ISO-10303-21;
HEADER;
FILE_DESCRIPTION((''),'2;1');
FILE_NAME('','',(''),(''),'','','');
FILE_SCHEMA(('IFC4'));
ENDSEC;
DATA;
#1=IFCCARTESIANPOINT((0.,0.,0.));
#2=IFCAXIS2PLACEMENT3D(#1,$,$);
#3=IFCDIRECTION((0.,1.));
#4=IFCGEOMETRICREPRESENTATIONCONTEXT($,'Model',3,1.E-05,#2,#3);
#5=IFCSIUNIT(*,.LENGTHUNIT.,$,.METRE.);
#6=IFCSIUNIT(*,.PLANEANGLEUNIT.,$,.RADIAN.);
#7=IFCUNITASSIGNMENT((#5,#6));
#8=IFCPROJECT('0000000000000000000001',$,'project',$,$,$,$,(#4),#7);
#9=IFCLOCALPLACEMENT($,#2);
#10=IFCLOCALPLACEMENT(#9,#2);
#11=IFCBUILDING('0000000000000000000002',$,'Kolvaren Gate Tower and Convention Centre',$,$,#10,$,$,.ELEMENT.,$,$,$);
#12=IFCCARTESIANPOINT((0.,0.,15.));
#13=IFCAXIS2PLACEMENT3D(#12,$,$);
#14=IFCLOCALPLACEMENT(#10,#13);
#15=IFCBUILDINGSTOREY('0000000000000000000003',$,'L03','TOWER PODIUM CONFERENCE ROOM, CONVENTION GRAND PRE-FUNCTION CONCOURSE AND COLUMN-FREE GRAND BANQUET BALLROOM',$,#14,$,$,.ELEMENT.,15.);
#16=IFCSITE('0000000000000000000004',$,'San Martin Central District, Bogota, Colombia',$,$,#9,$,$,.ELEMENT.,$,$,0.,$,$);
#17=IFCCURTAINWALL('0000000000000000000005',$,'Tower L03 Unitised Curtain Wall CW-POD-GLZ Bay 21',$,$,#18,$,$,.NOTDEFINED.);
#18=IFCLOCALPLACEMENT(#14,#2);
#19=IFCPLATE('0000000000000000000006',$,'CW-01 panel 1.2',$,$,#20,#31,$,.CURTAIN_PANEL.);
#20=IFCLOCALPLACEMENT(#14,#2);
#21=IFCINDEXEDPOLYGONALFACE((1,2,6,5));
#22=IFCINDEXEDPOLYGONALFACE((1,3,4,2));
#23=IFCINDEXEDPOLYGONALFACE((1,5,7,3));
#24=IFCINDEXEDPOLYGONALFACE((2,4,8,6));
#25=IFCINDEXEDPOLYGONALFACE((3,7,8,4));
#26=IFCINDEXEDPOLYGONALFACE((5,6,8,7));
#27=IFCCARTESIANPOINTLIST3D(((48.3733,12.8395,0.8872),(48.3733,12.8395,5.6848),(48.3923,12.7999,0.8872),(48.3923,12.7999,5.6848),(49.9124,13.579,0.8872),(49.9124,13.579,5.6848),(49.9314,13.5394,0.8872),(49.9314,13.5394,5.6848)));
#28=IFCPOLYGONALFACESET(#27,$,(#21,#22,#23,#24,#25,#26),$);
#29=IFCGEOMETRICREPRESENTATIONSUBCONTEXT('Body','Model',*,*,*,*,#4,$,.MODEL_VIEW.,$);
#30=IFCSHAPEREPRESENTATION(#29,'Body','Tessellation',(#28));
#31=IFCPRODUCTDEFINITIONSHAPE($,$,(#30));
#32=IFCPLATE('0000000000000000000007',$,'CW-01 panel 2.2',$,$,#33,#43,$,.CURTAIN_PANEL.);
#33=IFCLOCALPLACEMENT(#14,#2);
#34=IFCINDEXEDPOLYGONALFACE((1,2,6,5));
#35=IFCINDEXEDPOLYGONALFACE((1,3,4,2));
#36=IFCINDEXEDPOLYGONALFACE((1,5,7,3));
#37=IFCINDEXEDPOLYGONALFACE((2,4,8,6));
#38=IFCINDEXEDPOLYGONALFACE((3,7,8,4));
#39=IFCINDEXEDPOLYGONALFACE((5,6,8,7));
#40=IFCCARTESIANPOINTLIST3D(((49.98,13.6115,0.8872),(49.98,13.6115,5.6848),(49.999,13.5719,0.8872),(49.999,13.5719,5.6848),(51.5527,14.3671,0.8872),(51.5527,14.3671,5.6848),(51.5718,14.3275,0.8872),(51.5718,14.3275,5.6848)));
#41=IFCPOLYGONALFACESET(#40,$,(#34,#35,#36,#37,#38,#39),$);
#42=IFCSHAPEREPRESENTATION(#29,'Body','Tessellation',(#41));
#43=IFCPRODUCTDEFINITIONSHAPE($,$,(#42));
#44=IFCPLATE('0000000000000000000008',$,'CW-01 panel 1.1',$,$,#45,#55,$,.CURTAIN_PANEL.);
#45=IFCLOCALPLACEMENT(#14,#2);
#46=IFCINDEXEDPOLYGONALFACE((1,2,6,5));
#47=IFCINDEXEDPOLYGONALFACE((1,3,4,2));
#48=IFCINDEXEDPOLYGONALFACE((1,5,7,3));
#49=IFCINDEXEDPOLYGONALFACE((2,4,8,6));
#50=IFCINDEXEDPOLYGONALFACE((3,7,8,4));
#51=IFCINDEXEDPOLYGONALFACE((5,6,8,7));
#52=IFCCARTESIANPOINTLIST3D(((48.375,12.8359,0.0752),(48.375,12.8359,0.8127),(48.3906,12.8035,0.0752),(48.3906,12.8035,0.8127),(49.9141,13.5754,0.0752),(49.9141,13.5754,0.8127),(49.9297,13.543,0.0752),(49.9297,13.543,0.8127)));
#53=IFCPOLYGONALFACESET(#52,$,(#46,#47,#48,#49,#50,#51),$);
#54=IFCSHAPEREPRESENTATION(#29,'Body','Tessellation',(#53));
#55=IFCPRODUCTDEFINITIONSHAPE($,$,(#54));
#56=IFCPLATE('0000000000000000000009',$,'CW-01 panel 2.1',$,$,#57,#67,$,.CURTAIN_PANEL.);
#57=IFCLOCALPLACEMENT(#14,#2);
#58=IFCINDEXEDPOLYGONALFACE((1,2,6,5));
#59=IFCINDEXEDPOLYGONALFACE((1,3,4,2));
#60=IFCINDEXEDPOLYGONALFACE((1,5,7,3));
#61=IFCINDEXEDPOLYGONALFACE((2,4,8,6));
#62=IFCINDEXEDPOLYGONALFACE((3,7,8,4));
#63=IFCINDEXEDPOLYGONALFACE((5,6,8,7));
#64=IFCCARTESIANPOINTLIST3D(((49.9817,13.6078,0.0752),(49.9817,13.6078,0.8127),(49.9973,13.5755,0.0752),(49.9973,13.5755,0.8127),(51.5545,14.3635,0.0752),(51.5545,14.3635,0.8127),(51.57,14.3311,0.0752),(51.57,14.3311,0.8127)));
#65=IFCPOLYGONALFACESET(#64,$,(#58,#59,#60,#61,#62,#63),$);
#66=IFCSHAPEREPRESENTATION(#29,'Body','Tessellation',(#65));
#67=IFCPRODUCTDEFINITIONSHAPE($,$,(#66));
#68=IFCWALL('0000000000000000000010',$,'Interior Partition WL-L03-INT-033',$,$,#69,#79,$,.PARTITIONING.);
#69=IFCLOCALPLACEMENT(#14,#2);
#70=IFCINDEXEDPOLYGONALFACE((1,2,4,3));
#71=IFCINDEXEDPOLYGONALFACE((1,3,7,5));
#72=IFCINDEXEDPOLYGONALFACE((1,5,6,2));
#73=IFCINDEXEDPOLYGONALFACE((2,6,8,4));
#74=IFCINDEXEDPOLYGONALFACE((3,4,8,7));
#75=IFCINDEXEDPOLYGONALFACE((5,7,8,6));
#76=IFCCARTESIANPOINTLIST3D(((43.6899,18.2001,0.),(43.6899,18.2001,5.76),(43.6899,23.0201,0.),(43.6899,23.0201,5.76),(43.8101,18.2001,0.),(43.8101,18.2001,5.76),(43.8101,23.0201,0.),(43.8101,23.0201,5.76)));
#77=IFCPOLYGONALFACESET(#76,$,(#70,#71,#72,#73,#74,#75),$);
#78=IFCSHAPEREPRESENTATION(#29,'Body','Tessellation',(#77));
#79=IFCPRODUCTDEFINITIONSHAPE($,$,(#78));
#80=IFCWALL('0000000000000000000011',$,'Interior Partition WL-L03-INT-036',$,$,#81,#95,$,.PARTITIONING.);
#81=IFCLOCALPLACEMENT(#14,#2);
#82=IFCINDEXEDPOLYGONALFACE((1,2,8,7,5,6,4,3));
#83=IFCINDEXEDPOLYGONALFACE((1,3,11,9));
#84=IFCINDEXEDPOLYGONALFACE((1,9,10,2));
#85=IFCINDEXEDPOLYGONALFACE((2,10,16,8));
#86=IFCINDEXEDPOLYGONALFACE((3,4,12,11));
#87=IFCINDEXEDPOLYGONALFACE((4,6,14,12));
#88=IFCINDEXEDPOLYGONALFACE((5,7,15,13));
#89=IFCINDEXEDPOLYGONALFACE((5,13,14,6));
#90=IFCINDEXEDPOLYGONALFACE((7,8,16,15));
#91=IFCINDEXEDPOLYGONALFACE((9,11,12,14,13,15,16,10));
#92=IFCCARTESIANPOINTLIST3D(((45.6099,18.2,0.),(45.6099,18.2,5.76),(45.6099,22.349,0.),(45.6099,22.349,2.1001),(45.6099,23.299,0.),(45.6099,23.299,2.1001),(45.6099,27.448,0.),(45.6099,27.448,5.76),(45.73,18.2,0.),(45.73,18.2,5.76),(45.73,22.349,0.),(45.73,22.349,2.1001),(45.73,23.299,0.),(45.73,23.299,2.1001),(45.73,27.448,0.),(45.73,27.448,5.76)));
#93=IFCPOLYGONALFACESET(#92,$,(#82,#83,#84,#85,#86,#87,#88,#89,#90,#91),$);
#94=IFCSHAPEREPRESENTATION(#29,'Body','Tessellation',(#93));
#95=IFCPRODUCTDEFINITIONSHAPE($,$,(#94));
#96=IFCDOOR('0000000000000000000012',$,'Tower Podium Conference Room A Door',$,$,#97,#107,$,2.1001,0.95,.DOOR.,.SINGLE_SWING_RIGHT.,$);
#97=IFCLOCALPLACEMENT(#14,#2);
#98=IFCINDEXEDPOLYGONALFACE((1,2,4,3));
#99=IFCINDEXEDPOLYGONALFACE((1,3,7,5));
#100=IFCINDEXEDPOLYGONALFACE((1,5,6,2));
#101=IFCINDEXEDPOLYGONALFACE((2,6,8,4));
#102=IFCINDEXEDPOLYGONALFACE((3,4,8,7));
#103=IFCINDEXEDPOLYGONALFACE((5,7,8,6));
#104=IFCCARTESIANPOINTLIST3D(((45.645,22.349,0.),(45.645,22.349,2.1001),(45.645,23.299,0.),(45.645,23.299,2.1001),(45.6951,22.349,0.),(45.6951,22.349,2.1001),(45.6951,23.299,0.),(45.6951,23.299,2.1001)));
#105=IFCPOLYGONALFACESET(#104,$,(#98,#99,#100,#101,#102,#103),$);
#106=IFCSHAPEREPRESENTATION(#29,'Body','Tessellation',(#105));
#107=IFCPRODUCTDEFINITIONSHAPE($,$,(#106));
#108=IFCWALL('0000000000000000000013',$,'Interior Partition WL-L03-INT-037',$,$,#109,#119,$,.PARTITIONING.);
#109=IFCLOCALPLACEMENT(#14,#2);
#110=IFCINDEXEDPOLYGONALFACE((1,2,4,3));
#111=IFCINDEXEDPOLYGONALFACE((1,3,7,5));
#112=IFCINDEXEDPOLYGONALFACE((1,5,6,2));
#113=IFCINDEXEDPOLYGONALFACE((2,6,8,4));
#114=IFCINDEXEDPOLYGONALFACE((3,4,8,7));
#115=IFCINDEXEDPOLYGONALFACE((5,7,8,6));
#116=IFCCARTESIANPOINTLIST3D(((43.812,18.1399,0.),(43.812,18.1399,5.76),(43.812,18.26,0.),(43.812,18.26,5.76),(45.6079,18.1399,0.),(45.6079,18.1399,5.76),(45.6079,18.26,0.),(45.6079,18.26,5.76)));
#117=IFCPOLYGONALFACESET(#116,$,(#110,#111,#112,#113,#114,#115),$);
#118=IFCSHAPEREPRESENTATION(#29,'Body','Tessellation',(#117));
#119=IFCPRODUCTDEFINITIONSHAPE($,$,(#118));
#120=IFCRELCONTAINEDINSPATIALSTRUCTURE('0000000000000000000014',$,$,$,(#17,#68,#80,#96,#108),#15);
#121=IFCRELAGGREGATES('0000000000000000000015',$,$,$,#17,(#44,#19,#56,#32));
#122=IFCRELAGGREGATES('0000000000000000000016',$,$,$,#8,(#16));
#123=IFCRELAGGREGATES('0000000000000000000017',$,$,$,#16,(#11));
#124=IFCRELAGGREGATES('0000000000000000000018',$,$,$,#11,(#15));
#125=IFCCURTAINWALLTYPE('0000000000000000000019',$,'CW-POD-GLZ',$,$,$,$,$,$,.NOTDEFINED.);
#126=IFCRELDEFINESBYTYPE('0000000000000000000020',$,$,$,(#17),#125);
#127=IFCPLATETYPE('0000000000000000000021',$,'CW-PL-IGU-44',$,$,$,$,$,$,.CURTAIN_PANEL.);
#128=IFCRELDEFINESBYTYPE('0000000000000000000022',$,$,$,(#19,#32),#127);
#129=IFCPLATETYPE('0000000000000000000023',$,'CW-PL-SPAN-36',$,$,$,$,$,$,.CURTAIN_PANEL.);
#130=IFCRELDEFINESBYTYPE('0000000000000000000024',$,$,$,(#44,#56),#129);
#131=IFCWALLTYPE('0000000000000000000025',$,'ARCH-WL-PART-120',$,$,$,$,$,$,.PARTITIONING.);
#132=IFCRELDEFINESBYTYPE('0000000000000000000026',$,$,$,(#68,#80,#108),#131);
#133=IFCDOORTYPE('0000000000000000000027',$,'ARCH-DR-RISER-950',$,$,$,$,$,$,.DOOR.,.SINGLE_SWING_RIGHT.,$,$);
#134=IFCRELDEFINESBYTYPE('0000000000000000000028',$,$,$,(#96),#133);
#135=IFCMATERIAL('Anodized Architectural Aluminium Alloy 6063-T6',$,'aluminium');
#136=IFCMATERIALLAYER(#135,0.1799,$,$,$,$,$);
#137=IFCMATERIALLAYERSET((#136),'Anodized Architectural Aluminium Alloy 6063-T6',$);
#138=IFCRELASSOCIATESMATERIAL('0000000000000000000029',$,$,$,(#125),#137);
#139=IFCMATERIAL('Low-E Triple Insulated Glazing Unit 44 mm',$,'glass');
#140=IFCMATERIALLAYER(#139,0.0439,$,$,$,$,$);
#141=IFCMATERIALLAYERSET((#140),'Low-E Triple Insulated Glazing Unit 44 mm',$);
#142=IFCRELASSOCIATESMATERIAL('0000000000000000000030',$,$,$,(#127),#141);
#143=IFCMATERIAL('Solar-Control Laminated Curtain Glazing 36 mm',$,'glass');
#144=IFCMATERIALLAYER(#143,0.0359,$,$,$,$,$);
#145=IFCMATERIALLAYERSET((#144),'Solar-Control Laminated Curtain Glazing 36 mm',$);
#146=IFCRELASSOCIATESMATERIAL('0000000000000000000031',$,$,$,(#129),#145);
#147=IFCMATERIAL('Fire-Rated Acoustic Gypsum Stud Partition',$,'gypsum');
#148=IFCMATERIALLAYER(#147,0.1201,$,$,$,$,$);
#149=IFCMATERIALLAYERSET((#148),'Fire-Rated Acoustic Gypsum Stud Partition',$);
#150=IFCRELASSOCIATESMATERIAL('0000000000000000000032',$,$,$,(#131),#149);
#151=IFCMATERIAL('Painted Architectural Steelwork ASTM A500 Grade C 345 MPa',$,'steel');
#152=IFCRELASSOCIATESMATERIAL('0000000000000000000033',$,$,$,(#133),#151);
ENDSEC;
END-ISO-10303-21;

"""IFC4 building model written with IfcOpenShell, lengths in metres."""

from ifc_helpers import new_model, si_unit, direction, frame, frame_2d, origin, origin_2d, place, context, subcontext, project, spatial, rectangle, extrude, material, layer, layer_set, type_object, element, fill, aggregate, save


model = new_model("IFC4")

# Units and contexts
model_context = context("Model", 3, precision=1e-05, world=origin(), true_north=direction((0.0, 1.0)))
body_context = subcontext(model_context, "Body", "Model", "MODEL_VIEW")
ifc_project = project(units=[si_unit("LENGTHUNIT", "METRE"), si_unit("PLANEANGLEUNIT", "RADIAN")], contexts=[model_context])

# Site, building, storey
site_placement = place(None, origin())
site = spatial("IfcSite", under=ifc_project, at=site_placement, Name="San Martin Central District, Bogota, Colombia", CompositionType="ELEMENT", RefElevation=0.0)
building_placement = place(site_placement, origin())
building = spatial("IfcBuilding", under=site, at=building_placement, Name="Kolvaren Gate Tower and Convention Centre", CompositionType="ELEMENT")
storey_placement = place(building_placement, frame((0.0, 0.0, 15.0)))
storey = spatial("IfcBuildingStorey", under=building, at=storey_placement, Name="L03", Description="TOWER PODIUM CONFERENCE ROOM, CONVENTION GRAND PRE-FUNCTION CONCOURSE AND COLUMN-FREE GRAND BANQUET BALLROOM", CompositionType="ELEMENT", Elevation=15.0)

# Shared definitions
ifc_material_1 = material(Name="Anodized Architectural Aluminium Alloy 6063-T6", Category="aluminium")
ifc_layer_1 = layer(ifc_material_1, 0.1799)
ifc_layer_set_1 = layer_set([ifc_layer_1], Name="Anodized Architectural Aluminium Alloy 6063-T6")
curtain_wall_type = type_object("IfcCurtainWallType", Name="CW-POD-GLZ", PredefinedType="NOTDEFINED", material=ifc_layer_set_1)

# Curtain wall
curtain_wall_1_placement = place(storey_placement, origin())
curtain_wall_1 = element("IfcCurtainWall", 1, at=curtain_wall_1_placement, inside=storey, type_object=curtain_wall_type, Name="Tower L03 Unitised Curtain Wall CW-POD-GLZ Bay 21", PredefinedType="NOTDEFINED")

# Plates
ifc_material_2 = material(Name="Low-E Triple Insulated Glazing Unit 44 mm", Category="glass")
ifc_layer_2 = layer(ifc_material_2, 0.0439)
ifc_layer_set_2 = layer_set([ifc_layer_2], Name="Low-E Triple Insulated Glazing Unit 44 mm")
plate_type_1 = type_object("IfcPlateType", Name="CW-PL-IGU-44", PredefinedType="CURTAIN_PANEL", material=ifc_layer_set_2)
plate_1_placement = place(storey_placement, frame((49.1523, 13.1895, 0.8872), z_axis=(0.0, 0.0, 1.0), x_axis=(0.901364, 0.433063, 0.0)))
plate_1 = element("IfcPlate", 2, at=plate_1_placement, type_object=plate_type_1, Name="CW-01 panel 1.2", PredefinedType="CURTAIN_PANEL", context=body_context, shape_type="SweptSolid", body=[
    extrude(rectangle(XDim=1.7075, YDim=0.0439, at=origin_2d()), origin(), (0.0, 0.0, 1.0), 4.7976),
])
plate_2_placement = place(storey_placement, frame((50.7759, 13.9695, 0.8872), z_axis=(0.0, 0.0, 1.0), x_axis=(0.901364, 0.433063, 0.0)))
plate_2 = element("IfcPlate", 3, at=plate_2_placement, type_object=plate_type_1, Name="CW-01 panel 2.2", PredefinedType="CURTAIN_PANEL", context=body_context, shape_type="SweptSolid", body=[
    extrude(rectangle(XDim=1.7449, YDim=0.0439, at=origin_2d()), origin(), (0.0, 0.0, 1.0), 4.7976),
])
ifc_material_3 = material(Name="Solar-Control Laminated Curtain Glazing 36 mm", Category="glass")
ifc_layer_3 = layer(ifc_material_3, 0.0359)
ifc_layer_set_3 = layer_set([ifc_layer_3], Name="Solar-Control Laminated Curtain Glazing 36 mm")
plate_type_2 = type_object("IfcPlateType", Name="CW-PL-SPAN-36", PredefinedType="CURTAIN_PANEL", material=ifc_layer_set_3)
plate_3_placement = place(storey_placement, frame((49.1523, 13.1895, 0.0752), z_axis=(0.0, 0.0, 1.0), x_axis=(0.901364, 0.433063, 0.0)))
plate_3 = element("IfcPlate", 4, at=plate_3_placement, type_object=plate_type_2, Name="CW-01 panel 1.1", PredefinedType="CURTAIN_PANEL", context=body_context, shape_type="SweptSolid", body=[
    extrude(rectangle(XDim=1.7075, YDim=0.0359, at=origin_2d()), origin(), (0.0, 0.0, 1.0), 0.7375),
])
plate_4_placement = place(storey_placement, frame((50.7759, 13.9695, 0.0752), z_axis=(0.0, 0.0, 1.0), x_axis=(0.901364, 0.433063, 0.0)))
plate_4 = element("IfcPlate", 5, at=plate_4_placement, type_object=plate_type_2, Name="CW-01 panel 2.1", PredefinedType="CURTAIN_PANEL", context=body_context, shape_type="SweptSolid", body=[
    extrude(rectangle(XDim=1.7449, YDim=0.0359, at=origin_2d()), origin(), (0.0, 0.0, 1.0), 0.7375),
])
aggregate(curtain_wall_1, [plate_3, plate_1, plate_4, plate_2])

# Wall
ifc_material_4 = material(Name="Fire-Rated Acoustic Gypsum Stud Partition", Category="gypsum")
ifc_layer_4 = layer(ifc_material_4, 0.1201)
ifc_layer_set_4 = layer_set([ifc_layer_4], Name="Fire-Rated Acoustic Gypsum Stud Partition")
wall_type = type_object("IfcWallType", Name="ARCH-WL-PART-120", PredefinedType="PARTITIONING", material=ifc_layer_set_4)
wall_1_placement = place(storey_placement, frame((43.75, 18.2, 0.0), z_axis=(0.0, 0.0, 1.0), x_axis=(0.0, 1.0, 0.0)))
element("IfcWall", 6, at=wall_1_placement, inside=storey, type_object=wall_type, Name="Interior Partition WL-L03-INT-033", PredefinedType="PARTITIONING", context=body_context, shape_type="SweptSolid", body=[
    extrude(rectangle(XDim=4.8201, YDim=0.1201, at=frame_2d((2.4102, 0.0))), origin(), (0.0, 0.0, 1.0), 5.76),
])

# Wall, opening, door
wall_2_placement = place(storey_placement, frame((45.6699, 18.2, 0.0), z_axis=(0.0, 0.0, 1.0), x_axis=(0.0, 1.0, 0.0)))
wall_2 = element("IfcWall", 7, at=wall_2_placement, inside=storey, type_object=wall_type, Name="Interior Partition WL-L03-INT-036", PredefinedType="PARTITIONING", context=body_context, shape_type="SweptSolid", body=[
    extrude(rectangle(XDim=9.248, YDim=0.1201, at=frame_2d((4.624, 0.0))), origin(), (0.0, 0.0, 1.0), 5.76),
])
opening_placement = place(wall_2_placement, frame((4.1489, 0.0, 0.0)))
opening = element("IfcOpeningElement", 8, at=opening_placement, cuts=wall_2, PredefinedType="OPENING", context=body_context, shape_type="SweptSolid", body=[
    extrude(rectangle(XDim=0.95, YDim=2.1001, at=frame_2d((0.4751, 1.05))), frame((0.0, 0.0701, 0.0), z_axis=(0.0, -1.0, 0.0), x_axis=(1.0, 0.0, 0.0)), (0.0, 0.0, 1.0), 0.1401),
])
ifc_material_5 = material(Name="Painted Architectural Steelwork ASTM A500 Grade C 345 MPa", Category="steel")
door_type = type_object("IfcDoorType", Name="ARCH-DR-RISER-950", OperationType="SINGLE_SWING_RIGHT", PredefinedType="DOOR", material=ifc_material_5)
door_placement = place(opening_placement, origin())
door = element("IfcDoor", 9, at=door_placement, inside=storey, type_object=door_type, Name="Tower Podium Conference Room A Door", OperationType="SINGLE_SWING_RIGHT", OverallHeight=2.1001, OverallWidth=0.95, PredefinedType="DOOR", context=body_context, shape_type="SweptSolid", body=[
    extrude(rectangle(XDim=0.95, YDim=2.1001, at=frame_2d((0.4751, 1.05))), frame((0.0, 0.0249, 0.0), z_axis=(0.0, -1.0, 0.0), x_axis=(1.0, 0.0, 0.0)), (0.0, 0.0, 1.0), 0.05),
])
fill(opening, door)

# Wall
wall_3_placement = place(storey_placement, frame((43.812, 18.2, 0.0), z_axis=(0.0, 0.0, 1.0), x_axis=(1.0, 0.0, 0.0)))
element("IfcWall", 10, at=wall_3_placement, inside=storey, type_object=wall_type, Name="Interior Partition WL-L03-INT-037", PredefinedType="PARTITIONING", context=body_context, shape_type="SweptSolid", body=[
    extrude(rectangle(XDim=1.7959, YDim=0.1201, at=frame_2d((0.8979, 0.0))), origin(), (0.0, 0.0, 1.0), 5.76),
])

save(model, "model.ifc")
